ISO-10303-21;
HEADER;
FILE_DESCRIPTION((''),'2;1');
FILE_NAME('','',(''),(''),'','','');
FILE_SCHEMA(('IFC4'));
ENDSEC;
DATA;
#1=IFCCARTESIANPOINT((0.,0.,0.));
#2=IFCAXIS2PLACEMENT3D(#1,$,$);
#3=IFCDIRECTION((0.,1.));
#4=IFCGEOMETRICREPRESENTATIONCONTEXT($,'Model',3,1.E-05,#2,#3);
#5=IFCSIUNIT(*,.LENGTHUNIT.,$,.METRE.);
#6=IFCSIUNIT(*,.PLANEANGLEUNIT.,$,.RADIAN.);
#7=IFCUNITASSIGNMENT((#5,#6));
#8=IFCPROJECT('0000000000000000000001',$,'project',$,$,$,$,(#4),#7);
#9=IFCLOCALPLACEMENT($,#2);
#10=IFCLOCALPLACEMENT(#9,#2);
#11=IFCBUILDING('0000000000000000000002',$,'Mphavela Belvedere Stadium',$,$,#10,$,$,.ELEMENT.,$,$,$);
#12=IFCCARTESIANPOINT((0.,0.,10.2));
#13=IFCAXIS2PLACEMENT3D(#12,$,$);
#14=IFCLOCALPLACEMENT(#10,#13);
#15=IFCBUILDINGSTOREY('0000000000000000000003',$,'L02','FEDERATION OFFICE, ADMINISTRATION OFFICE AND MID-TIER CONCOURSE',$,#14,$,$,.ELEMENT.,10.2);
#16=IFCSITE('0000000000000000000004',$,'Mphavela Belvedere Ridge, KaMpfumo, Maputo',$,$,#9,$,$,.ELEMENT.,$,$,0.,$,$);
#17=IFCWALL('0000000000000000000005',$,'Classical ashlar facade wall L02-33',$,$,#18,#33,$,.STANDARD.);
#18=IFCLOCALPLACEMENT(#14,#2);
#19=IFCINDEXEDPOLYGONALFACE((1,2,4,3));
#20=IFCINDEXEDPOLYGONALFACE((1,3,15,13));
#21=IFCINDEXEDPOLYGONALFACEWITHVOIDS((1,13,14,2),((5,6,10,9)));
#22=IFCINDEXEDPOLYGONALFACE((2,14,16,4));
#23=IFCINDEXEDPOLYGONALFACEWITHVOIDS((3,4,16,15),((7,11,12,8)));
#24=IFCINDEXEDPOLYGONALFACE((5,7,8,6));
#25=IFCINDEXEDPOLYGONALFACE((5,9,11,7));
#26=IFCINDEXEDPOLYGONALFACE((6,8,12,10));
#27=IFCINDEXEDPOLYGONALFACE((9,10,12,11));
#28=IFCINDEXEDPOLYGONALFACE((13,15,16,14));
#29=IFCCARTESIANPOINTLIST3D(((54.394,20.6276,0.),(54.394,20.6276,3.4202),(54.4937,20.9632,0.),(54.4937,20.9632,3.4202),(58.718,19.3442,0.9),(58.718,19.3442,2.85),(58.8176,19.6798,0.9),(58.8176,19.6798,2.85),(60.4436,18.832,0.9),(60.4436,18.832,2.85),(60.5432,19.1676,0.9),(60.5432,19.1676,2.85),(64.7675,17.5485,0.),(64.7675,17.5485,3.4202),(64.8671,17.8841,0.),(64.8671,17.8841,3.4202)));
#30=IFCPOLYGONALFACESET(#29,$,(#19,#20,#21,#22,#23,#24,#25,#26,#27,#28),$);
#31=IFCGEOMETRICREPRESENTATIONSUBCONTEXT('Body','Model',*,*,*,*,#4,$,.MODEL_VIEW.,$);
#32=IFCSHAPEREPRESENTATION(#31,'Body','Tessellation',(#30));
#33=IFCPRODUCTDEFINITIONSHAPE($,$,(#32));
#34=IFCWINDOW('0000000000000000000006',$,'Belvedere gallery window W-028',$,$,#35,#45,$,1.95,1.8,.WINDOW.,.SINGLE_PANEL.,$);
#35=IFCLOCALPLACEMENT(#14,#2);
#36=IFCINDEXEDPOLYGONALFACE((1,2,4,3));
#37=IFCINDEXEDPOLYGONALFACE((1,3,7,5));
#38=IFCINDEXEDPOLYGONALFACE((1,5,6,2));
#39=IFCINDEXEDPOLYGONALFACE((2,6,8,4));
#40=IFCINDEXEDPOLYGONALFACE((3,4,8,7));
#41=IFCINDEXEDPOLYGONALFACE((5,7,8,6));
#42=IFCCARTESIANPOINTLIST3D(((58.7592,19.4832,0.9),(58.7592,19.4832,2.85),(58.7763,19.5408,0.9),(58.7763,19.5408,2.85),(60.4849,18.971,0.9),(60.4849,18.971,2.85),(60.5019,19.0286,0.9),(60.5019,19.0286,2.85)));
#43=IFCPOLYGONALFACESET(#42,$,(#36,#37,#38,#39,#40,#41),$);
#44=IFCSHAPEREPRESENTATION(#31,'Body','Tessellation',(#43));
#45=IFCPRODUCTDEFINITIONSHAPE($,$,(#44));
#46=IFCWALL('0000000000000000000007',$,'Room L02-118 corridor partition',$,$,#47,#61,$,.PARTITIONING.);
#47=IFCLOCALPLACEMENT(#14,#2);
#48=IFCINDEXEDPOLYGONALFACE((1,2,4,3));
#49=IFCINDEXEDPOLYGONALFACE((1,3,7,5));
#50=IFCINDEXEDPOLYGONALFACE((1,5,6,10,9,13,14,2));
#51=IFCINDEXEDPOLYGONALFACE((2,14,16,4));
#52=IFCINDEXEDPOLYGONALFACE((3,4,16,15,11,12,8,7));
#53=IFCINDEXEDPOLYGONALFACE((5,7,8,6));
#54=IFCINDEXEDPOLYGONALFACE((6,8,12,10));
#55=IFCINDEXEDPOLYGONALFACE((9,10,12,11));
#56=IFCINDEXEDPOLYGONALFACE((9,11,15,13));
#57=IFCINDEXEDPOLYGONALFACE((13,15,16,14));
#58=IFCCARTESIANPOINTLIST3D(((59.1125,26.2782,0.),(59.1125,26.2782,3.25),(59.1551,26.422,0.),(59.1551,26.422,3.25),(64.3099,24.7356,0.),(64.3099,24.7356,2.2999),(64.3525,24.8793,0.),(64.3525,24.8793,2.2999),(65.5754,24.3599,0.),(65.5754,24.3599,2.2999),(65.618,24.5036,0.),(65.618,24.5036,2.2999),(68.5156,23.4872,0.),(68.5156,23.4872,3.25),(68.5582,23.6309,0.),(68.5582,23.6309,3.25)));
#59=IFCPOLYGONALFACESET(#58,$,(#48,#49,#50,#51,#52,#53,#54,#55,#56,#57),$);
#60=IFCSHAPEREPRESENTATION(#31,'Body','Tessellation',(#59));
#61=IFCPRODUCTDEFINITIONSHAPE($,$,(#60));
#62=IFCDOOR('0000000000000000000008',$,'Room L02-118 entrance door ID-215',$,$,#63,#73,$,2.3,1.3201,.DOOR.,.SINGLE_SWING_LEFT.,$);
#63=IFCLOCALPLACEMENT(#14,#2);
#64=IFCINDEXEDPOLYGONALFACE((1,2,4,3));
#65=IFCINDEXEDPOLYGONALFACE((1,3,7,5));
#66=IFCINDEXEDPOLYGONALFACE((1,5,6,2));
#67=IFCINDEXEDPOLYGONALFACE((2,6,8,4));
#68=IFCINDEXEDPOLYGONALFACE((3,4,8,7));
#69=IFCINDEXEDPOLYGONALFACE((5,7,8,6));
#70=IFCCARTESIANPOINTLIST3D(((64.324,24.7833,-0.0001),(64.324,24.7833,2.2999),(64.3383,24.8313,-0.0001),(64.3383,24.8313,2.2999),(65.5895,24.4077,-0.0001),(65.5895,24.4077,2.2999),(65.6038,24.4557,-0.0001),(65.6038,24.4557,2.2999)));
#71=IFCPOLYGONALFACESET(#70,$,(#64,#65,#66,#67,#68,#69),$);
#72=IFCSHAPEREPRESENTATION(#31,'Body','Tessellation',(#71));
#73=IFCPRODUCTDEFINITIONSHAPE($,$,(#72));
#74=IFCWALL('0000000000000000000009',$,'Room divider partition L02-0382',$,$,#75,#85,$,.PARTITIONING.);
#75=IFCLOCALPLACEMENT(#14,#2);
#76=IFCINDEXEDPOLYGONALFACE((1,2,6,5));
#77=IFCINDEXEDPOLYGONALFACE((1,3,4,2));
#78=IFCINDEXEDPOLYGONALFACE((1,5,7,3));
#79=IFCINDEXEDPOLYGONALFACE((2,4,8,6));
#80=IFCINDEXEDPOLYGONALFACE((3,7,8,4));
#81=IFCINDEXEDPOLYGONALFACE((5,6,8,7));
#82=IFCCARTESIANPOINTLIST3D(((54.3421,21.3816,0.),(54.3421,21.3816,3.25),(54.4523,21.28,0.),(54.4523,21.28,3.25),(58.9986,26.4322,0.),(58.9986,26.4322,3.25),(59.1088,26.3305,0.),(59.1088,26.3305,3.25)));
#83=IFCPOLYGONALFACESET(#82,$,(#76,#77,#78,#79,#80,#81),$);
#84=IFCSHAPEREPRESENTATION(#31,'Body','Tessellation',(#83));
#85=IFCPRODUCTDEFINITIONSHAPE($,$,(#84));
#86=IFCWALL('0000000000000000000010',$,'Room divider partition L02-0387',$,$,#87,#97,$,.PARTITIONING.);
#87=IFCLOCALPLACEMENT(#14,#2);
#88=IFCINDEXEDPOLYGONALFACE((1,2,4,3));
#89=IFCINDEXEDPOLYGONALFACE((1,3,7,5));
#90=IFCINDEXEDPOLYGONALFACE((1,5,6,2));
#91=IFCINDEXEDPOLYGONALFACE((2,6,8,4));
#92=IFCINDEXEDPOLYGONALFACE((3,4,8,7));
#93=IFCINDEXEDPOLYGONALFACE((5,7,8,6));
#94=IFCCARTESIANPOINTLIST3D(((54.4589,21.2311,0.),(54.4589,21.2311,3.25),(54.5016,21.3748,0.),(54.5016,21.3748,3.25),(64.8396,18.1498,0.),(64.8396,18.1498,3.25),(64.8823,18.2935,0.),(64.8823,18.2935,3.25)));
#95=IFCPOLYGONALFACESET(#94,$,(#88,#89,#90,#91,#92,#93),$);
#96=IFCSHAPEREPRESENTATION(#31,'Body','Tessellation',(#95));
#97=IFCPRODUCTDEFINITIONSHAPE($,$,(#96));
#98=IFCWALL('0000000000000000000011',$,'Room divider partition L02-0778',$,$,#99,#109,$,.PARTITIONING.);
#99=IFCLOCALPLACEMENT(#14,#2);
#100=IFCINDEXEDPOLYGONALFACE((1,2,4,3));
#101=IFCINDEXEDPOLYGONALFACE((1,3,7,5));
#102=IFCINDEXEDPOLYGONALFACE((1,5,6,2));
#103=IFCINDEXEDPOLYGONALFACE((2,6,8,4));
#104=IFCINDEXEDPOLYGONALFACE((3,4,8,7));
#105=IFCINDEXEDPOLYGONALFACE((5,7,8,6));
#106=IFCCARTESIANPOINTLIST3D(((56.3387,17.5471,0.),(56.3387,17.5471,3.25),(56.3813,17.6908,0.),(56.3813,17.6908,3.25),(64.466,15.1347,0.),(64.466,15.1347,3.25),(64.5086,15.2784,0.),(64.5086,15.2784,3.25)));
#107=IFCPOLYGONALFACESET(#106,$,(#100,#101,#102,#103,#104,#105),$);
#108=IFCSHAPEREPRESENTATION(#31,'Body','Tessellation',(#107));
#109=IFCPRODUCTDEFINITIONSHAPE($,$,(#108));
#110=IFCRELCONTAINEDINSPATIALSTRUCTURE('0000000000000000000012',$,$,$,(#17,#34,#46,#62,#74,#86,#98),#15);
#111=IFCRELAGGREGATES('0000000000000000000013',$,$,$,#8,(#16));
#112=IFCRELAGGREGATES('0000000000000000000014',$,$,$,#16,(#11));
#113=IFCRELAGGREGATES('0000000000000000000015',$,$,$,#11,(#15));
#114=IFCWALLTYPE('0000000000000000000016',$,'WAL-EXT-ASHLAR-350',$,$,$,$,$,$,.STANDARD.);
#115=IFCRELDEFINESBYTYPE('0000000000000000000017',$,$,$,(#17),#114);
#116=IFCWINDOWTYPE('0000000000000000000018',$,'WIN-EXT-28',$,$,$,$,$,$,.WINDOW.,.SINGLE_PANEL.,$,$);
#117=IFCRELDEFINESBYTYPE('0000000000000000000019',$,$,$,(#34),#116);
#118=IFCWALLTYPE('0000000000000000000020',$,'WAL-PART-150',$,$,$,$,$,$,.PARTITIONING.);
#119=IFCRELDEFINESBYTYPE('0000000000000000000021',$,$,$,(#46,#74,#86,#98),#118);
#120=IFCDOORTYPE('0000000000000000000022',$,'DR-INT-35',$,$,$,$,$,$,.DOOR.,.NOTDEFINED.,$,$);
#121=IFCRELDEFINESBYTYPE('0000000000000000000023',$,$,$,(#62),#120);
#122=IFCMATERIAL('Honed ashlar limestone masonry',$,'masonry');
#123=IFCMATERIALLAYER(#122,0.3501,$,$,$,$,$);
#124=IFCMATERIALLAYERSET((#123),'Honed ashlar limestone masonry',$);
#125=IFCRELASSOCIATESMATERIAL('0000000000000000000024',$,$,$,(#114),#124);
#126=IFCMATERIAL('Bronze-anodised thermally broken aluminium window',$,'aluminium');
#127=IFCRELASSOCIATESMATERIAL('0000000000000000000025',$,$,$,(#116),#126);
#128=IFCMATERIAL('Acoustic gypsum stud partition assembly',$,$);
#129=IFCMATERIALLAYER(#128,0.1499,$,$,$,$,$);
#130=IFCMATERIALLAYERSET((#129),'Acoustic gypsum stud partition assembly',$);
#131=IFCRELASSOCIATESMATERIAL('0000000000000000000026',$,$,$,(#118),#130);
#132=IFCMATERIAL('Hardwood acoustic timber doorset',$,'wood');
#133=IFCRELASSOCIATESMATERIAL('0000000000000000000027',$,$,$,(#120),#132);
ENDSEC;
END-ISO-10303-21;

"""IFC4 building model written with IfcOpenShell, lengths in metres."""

from ifc_helpers import new_model, si_unit, direction, frame, frame_2d, origin, place, context, subcontext, project, spatial, rectangle, extrude, material, layer, layer_set, type_object, element, fill, save


model = new_model("IFC4")

# Units and contexts
model_context = context("Model", 3, precision=1e-05, world=origin(), true_north=direction((0.0, 1.0)))
body_context = subcontext(model_context, "Body", "Model", "MODEL_VIEW")
ifc_project = project(units=[si_unit("LENGTHUNIT", "METRE"), si_unit("PLANEANGLEUNIT", "RADIAN")], contexts=[model_context])

# Site, building, storey
site_placement = place(None, origin())
site = spatial("IfcSite", under=ifc_project, at=site_placement, Name="Mphavela Belvedere Ridge, KaMpfumo, Maputo", CompositionType="ELEMENT", RefElevation=0.0)
building_placement = place(site_placement, origin())
building = spatial("IfcBuilding", under=site, at=building_placement, Name="Mphavela Belvedere Stadium", CompositionType="ELEMENT")
storey_placement = place(building_placement, frame((0.0, 0.0, 10.2)))
storey = spatial("IfcBuildingStorey", under=building, at=storey_placement, Name="L02", Description="FEDERATION OFFICE, ADMINISTRATION OFFICE AND MID-TIER CONCOURSE", CompositionType="ELEMENT", Elevation=10.2)

# Shared definitions
ifc_material_1 = material(Name="Honed ashlar limestone masonry", Category="masonry")
ifc_layer_1 = layer(ifc_material_1, 0.3501)
ifc_layer_set_1 = layer_set([ifc_layer_1], Name="Honed ashlar limestone masonry")
wall_type_1 = type_object("IfcWallType", Name="WAL-EXT-ASHLAR-350", PredefinedType="STANDARD", material=ifc_layer_set_1)

# Wall, opening, window
wall_1_placement = place(storey_placement, frame((54.4438, 20.7954, 0.0), z_axis=(0.0, 0.0, 1.0), x_axis=(0.958661, -0.284552, 0.0)))
wall_1 = element("IfcWall", 1, at=wall_1_placement, inside=storey, type_object=wall_type_1, Name="Classical ashlar facade wall L02-33", PredefinedType="STANDARD", context=body_context, shape_type="SweptSolid", body=[
    extrude(rectangle(XDim=10.8208, YDim=0.3501, at=frame_2d((5.4104, 0.0))), origin(), (0.0, 0.0, 1.0), 3.4202),
])
opening_1_placement = place(wall_1_placement, frame((4.5105, 0.0, 0.8999)))
opening_1 = element("IfcOpeningElement", 2, at=opening_1_placement, cuts=wall_1, PredefinedType="OPENING", context=body_context, shape_type="SweptSolid", body=[
    extrude(rectangle(XDim=1.8, YDim=1.95, at=frame_2d((0.8999, 0.9751))), frame((0.0, 0.1851, 0.0), z_axis=(0.0, -1.0, 0.0), x_axis=(1.0, 0.0, 0.0)), (0.0, 0.0, 1.0), 0.3701),
])
ifc_material_2 = material(Name="Bronze-anodised thermally broken aluminium window", Category="aluminium")
window_type = type_object("IfcWindowType", Name="WIN-EXT-28", PartitioningType="SINGLE_PANEL", PredefinedType="WINDOW", material=ifc_material_2)
window_placement = place(opening_1_placement, origin())
window = element("IfcWindow", 3, at=window_placement, inside=storey, type_object=window_type, Name="Belvedere gallery window W-028", OverallHeight=1.95, OverallWidth=1.8, PartitioningType="SINGLE_PANEL", PredefinedType="WINDOW", context=body_context, shape_type="SweptSolid", body=[
    extrude(rectangle(XDim=1.8, YDim=1.95, at=frame_2d((0.8999, 0.9751))), frame((0.0, 0.03, 0.0), z_axis=(0.0, -1.0, 0.0), x_axis=(1.0, 0.0, 0.0)), (0.0, 0.0, 1.0), 0.0601),
])
fill(opening_1, window)

# Wall, opening, door
ifc_material_3 = material(Name="Acoustic gypsum stud partition assembly")
ifc_layer_2 = layer(ifc_material_3, 0.1499)
ifc_layer_set_2 = layer_set([ifc_layer_2], Name="Acoustic gypsum stud partition assembly")
wall_type_2 = type_object("IfcWallType", Name="WAL-PART-150", PredefinedType="PARTITIONING", material=ifc_layer_set_2)
wall_2_placement = place(storey_placement, frame((59.1338, 26.3501, 0.0), z_axis=(0.0, 0.0, 1.0), x_axis=(0.958661, -0.284549, 0.0)))
wall_2 = element("IfcWall", 4, at=wall_2_placement, inside=storey, type_object=wall_type_2, Name="Room L02-118 corridor partition", PredefinedType="PARTITIONING", context=body_context, shape_type="SweptSolid", body=[
    extrude(rectangle(XDim=9.8086, YDim=0.1499, at=frame_2d((4.9043, 0.0))), origin(), (0.0, 0.0, 1.0), 3.25),
])
opening_2_placement = place(wall_2_placement, frame((5.4214, 0.0, 0.0)))
opening_2 = element("IfcOpeningElement", 5, at=opening_2_placement, cuts=wall_2, PredefinedType="OPENING", context=body_context, shape_type="SweptSolid", body=[
    extrude(rectangle(XDim=1.3201, YDim=2.3, at=frame_2d((0.6602, 1.1499))), frame((0.0, 0.085, 0.0), z_axis=(0.0, -1.0, 0.0), x_axis=(1.0, 0.0, 0.0)), (0.0, 0.0, 1.0), 0.1699),
])
ifc_material_4 = material(Name="Hardwood acoustic timber doorset", Category="wood")
door_type_1 = type_object("IfcDoorType", Name="DR-INT-35", OperationType="NOTDEFINED", PredefinedType="DOOR", material=ifc_material_4)
door_1_placement = place(opening_2_placement, origin())
door_1 = element("IfcDoor", 6, at=door_1_placement, inside=storey, type_object=door_type_1, Name="Room L02-118 entrance door ID-215", OperationType="SINGLE_SWING_LEFT", OverallHeight=2.3, OverallWidth=1.3201, PredefinedType="DOOR", context=body_context, shape_type="SweptSolid", body=[
    extrude(rectangle(XDim=1.3201, YDim=2.3, at=frame_2d((0.6602, 1.1499))), frame((0.0, 0.0249, 0.0), z_axis=(0.0, -1.0, 0.0), x_axis=(1.0, 0.0, 0.0)), (0.0, 0.0, 1.0), 0.05),
])
fill(opening_2, door_1)

# Walls
wall_3_placement = place(storey_placement, frame((59.0537, 26.3813, 0.0), z_axis=(0.0, 0.0, 1.0), x_axis=(-0.677845, -0.735205, 0.0)))
element("IfcWall", 7, at=wall_3_placement, inside=storey, type_object=wall_type_2, Name="Room divider partition L02-0382", PredefinedType="PARTITIONING", context=body_context, shape_type="SweptSolid", body=[
    extrude(rectangle(XDim=6.8696, YDim=0.1499, at=frame_2d((3.4348, 0.0))), origin(), (0.0, 0.0, 1.0), 3.25),
])
wall_4_placement = place(storey_placement, frame((64.8608, 18.2217, 0.0), z_axis=(0.0, 0.0, 1.0), x_axis=(-0.958658, 0.28456, 0.0)))
element("IfcWall", 8, at=wall_4_placement, inside=storey, type_object=wall_type_2, Name="Room divider partition L02-0387", PredefinedType="PARTITIONING", context=body_context, shape_type="SweptSolid", body=[
    extrude(rectangle(XDim=10.8284, YDim=0.1499, at=frame_2d((5.4141, 0.0))), origin(), (0.0, 0.0, 1.0), 3.25),
])
wall_5_placement = place(storey_placement, frame((56.3601, 17.6189, 0.0), z_axis=(0.0, 0.0, 1.0), x_axis=(0.95866, -0.284554, 0.0)))
element("IfcWall", 9, at=wall_5_placement, inside=storey, type_object=wall_type_2, Name="Room divider partition L02-0778", PredefinedType="PARTITIONING", context=body_context, shape_type="SweptSolid", body=[
    extrude(rectangle(XDim=8.4778, YDim=0.1499, at=frame_2d((4.2388, 0.0))), origin(), (0.0, 0.0, 1.0), 3.25),
])

save(model, "model.ifc")
